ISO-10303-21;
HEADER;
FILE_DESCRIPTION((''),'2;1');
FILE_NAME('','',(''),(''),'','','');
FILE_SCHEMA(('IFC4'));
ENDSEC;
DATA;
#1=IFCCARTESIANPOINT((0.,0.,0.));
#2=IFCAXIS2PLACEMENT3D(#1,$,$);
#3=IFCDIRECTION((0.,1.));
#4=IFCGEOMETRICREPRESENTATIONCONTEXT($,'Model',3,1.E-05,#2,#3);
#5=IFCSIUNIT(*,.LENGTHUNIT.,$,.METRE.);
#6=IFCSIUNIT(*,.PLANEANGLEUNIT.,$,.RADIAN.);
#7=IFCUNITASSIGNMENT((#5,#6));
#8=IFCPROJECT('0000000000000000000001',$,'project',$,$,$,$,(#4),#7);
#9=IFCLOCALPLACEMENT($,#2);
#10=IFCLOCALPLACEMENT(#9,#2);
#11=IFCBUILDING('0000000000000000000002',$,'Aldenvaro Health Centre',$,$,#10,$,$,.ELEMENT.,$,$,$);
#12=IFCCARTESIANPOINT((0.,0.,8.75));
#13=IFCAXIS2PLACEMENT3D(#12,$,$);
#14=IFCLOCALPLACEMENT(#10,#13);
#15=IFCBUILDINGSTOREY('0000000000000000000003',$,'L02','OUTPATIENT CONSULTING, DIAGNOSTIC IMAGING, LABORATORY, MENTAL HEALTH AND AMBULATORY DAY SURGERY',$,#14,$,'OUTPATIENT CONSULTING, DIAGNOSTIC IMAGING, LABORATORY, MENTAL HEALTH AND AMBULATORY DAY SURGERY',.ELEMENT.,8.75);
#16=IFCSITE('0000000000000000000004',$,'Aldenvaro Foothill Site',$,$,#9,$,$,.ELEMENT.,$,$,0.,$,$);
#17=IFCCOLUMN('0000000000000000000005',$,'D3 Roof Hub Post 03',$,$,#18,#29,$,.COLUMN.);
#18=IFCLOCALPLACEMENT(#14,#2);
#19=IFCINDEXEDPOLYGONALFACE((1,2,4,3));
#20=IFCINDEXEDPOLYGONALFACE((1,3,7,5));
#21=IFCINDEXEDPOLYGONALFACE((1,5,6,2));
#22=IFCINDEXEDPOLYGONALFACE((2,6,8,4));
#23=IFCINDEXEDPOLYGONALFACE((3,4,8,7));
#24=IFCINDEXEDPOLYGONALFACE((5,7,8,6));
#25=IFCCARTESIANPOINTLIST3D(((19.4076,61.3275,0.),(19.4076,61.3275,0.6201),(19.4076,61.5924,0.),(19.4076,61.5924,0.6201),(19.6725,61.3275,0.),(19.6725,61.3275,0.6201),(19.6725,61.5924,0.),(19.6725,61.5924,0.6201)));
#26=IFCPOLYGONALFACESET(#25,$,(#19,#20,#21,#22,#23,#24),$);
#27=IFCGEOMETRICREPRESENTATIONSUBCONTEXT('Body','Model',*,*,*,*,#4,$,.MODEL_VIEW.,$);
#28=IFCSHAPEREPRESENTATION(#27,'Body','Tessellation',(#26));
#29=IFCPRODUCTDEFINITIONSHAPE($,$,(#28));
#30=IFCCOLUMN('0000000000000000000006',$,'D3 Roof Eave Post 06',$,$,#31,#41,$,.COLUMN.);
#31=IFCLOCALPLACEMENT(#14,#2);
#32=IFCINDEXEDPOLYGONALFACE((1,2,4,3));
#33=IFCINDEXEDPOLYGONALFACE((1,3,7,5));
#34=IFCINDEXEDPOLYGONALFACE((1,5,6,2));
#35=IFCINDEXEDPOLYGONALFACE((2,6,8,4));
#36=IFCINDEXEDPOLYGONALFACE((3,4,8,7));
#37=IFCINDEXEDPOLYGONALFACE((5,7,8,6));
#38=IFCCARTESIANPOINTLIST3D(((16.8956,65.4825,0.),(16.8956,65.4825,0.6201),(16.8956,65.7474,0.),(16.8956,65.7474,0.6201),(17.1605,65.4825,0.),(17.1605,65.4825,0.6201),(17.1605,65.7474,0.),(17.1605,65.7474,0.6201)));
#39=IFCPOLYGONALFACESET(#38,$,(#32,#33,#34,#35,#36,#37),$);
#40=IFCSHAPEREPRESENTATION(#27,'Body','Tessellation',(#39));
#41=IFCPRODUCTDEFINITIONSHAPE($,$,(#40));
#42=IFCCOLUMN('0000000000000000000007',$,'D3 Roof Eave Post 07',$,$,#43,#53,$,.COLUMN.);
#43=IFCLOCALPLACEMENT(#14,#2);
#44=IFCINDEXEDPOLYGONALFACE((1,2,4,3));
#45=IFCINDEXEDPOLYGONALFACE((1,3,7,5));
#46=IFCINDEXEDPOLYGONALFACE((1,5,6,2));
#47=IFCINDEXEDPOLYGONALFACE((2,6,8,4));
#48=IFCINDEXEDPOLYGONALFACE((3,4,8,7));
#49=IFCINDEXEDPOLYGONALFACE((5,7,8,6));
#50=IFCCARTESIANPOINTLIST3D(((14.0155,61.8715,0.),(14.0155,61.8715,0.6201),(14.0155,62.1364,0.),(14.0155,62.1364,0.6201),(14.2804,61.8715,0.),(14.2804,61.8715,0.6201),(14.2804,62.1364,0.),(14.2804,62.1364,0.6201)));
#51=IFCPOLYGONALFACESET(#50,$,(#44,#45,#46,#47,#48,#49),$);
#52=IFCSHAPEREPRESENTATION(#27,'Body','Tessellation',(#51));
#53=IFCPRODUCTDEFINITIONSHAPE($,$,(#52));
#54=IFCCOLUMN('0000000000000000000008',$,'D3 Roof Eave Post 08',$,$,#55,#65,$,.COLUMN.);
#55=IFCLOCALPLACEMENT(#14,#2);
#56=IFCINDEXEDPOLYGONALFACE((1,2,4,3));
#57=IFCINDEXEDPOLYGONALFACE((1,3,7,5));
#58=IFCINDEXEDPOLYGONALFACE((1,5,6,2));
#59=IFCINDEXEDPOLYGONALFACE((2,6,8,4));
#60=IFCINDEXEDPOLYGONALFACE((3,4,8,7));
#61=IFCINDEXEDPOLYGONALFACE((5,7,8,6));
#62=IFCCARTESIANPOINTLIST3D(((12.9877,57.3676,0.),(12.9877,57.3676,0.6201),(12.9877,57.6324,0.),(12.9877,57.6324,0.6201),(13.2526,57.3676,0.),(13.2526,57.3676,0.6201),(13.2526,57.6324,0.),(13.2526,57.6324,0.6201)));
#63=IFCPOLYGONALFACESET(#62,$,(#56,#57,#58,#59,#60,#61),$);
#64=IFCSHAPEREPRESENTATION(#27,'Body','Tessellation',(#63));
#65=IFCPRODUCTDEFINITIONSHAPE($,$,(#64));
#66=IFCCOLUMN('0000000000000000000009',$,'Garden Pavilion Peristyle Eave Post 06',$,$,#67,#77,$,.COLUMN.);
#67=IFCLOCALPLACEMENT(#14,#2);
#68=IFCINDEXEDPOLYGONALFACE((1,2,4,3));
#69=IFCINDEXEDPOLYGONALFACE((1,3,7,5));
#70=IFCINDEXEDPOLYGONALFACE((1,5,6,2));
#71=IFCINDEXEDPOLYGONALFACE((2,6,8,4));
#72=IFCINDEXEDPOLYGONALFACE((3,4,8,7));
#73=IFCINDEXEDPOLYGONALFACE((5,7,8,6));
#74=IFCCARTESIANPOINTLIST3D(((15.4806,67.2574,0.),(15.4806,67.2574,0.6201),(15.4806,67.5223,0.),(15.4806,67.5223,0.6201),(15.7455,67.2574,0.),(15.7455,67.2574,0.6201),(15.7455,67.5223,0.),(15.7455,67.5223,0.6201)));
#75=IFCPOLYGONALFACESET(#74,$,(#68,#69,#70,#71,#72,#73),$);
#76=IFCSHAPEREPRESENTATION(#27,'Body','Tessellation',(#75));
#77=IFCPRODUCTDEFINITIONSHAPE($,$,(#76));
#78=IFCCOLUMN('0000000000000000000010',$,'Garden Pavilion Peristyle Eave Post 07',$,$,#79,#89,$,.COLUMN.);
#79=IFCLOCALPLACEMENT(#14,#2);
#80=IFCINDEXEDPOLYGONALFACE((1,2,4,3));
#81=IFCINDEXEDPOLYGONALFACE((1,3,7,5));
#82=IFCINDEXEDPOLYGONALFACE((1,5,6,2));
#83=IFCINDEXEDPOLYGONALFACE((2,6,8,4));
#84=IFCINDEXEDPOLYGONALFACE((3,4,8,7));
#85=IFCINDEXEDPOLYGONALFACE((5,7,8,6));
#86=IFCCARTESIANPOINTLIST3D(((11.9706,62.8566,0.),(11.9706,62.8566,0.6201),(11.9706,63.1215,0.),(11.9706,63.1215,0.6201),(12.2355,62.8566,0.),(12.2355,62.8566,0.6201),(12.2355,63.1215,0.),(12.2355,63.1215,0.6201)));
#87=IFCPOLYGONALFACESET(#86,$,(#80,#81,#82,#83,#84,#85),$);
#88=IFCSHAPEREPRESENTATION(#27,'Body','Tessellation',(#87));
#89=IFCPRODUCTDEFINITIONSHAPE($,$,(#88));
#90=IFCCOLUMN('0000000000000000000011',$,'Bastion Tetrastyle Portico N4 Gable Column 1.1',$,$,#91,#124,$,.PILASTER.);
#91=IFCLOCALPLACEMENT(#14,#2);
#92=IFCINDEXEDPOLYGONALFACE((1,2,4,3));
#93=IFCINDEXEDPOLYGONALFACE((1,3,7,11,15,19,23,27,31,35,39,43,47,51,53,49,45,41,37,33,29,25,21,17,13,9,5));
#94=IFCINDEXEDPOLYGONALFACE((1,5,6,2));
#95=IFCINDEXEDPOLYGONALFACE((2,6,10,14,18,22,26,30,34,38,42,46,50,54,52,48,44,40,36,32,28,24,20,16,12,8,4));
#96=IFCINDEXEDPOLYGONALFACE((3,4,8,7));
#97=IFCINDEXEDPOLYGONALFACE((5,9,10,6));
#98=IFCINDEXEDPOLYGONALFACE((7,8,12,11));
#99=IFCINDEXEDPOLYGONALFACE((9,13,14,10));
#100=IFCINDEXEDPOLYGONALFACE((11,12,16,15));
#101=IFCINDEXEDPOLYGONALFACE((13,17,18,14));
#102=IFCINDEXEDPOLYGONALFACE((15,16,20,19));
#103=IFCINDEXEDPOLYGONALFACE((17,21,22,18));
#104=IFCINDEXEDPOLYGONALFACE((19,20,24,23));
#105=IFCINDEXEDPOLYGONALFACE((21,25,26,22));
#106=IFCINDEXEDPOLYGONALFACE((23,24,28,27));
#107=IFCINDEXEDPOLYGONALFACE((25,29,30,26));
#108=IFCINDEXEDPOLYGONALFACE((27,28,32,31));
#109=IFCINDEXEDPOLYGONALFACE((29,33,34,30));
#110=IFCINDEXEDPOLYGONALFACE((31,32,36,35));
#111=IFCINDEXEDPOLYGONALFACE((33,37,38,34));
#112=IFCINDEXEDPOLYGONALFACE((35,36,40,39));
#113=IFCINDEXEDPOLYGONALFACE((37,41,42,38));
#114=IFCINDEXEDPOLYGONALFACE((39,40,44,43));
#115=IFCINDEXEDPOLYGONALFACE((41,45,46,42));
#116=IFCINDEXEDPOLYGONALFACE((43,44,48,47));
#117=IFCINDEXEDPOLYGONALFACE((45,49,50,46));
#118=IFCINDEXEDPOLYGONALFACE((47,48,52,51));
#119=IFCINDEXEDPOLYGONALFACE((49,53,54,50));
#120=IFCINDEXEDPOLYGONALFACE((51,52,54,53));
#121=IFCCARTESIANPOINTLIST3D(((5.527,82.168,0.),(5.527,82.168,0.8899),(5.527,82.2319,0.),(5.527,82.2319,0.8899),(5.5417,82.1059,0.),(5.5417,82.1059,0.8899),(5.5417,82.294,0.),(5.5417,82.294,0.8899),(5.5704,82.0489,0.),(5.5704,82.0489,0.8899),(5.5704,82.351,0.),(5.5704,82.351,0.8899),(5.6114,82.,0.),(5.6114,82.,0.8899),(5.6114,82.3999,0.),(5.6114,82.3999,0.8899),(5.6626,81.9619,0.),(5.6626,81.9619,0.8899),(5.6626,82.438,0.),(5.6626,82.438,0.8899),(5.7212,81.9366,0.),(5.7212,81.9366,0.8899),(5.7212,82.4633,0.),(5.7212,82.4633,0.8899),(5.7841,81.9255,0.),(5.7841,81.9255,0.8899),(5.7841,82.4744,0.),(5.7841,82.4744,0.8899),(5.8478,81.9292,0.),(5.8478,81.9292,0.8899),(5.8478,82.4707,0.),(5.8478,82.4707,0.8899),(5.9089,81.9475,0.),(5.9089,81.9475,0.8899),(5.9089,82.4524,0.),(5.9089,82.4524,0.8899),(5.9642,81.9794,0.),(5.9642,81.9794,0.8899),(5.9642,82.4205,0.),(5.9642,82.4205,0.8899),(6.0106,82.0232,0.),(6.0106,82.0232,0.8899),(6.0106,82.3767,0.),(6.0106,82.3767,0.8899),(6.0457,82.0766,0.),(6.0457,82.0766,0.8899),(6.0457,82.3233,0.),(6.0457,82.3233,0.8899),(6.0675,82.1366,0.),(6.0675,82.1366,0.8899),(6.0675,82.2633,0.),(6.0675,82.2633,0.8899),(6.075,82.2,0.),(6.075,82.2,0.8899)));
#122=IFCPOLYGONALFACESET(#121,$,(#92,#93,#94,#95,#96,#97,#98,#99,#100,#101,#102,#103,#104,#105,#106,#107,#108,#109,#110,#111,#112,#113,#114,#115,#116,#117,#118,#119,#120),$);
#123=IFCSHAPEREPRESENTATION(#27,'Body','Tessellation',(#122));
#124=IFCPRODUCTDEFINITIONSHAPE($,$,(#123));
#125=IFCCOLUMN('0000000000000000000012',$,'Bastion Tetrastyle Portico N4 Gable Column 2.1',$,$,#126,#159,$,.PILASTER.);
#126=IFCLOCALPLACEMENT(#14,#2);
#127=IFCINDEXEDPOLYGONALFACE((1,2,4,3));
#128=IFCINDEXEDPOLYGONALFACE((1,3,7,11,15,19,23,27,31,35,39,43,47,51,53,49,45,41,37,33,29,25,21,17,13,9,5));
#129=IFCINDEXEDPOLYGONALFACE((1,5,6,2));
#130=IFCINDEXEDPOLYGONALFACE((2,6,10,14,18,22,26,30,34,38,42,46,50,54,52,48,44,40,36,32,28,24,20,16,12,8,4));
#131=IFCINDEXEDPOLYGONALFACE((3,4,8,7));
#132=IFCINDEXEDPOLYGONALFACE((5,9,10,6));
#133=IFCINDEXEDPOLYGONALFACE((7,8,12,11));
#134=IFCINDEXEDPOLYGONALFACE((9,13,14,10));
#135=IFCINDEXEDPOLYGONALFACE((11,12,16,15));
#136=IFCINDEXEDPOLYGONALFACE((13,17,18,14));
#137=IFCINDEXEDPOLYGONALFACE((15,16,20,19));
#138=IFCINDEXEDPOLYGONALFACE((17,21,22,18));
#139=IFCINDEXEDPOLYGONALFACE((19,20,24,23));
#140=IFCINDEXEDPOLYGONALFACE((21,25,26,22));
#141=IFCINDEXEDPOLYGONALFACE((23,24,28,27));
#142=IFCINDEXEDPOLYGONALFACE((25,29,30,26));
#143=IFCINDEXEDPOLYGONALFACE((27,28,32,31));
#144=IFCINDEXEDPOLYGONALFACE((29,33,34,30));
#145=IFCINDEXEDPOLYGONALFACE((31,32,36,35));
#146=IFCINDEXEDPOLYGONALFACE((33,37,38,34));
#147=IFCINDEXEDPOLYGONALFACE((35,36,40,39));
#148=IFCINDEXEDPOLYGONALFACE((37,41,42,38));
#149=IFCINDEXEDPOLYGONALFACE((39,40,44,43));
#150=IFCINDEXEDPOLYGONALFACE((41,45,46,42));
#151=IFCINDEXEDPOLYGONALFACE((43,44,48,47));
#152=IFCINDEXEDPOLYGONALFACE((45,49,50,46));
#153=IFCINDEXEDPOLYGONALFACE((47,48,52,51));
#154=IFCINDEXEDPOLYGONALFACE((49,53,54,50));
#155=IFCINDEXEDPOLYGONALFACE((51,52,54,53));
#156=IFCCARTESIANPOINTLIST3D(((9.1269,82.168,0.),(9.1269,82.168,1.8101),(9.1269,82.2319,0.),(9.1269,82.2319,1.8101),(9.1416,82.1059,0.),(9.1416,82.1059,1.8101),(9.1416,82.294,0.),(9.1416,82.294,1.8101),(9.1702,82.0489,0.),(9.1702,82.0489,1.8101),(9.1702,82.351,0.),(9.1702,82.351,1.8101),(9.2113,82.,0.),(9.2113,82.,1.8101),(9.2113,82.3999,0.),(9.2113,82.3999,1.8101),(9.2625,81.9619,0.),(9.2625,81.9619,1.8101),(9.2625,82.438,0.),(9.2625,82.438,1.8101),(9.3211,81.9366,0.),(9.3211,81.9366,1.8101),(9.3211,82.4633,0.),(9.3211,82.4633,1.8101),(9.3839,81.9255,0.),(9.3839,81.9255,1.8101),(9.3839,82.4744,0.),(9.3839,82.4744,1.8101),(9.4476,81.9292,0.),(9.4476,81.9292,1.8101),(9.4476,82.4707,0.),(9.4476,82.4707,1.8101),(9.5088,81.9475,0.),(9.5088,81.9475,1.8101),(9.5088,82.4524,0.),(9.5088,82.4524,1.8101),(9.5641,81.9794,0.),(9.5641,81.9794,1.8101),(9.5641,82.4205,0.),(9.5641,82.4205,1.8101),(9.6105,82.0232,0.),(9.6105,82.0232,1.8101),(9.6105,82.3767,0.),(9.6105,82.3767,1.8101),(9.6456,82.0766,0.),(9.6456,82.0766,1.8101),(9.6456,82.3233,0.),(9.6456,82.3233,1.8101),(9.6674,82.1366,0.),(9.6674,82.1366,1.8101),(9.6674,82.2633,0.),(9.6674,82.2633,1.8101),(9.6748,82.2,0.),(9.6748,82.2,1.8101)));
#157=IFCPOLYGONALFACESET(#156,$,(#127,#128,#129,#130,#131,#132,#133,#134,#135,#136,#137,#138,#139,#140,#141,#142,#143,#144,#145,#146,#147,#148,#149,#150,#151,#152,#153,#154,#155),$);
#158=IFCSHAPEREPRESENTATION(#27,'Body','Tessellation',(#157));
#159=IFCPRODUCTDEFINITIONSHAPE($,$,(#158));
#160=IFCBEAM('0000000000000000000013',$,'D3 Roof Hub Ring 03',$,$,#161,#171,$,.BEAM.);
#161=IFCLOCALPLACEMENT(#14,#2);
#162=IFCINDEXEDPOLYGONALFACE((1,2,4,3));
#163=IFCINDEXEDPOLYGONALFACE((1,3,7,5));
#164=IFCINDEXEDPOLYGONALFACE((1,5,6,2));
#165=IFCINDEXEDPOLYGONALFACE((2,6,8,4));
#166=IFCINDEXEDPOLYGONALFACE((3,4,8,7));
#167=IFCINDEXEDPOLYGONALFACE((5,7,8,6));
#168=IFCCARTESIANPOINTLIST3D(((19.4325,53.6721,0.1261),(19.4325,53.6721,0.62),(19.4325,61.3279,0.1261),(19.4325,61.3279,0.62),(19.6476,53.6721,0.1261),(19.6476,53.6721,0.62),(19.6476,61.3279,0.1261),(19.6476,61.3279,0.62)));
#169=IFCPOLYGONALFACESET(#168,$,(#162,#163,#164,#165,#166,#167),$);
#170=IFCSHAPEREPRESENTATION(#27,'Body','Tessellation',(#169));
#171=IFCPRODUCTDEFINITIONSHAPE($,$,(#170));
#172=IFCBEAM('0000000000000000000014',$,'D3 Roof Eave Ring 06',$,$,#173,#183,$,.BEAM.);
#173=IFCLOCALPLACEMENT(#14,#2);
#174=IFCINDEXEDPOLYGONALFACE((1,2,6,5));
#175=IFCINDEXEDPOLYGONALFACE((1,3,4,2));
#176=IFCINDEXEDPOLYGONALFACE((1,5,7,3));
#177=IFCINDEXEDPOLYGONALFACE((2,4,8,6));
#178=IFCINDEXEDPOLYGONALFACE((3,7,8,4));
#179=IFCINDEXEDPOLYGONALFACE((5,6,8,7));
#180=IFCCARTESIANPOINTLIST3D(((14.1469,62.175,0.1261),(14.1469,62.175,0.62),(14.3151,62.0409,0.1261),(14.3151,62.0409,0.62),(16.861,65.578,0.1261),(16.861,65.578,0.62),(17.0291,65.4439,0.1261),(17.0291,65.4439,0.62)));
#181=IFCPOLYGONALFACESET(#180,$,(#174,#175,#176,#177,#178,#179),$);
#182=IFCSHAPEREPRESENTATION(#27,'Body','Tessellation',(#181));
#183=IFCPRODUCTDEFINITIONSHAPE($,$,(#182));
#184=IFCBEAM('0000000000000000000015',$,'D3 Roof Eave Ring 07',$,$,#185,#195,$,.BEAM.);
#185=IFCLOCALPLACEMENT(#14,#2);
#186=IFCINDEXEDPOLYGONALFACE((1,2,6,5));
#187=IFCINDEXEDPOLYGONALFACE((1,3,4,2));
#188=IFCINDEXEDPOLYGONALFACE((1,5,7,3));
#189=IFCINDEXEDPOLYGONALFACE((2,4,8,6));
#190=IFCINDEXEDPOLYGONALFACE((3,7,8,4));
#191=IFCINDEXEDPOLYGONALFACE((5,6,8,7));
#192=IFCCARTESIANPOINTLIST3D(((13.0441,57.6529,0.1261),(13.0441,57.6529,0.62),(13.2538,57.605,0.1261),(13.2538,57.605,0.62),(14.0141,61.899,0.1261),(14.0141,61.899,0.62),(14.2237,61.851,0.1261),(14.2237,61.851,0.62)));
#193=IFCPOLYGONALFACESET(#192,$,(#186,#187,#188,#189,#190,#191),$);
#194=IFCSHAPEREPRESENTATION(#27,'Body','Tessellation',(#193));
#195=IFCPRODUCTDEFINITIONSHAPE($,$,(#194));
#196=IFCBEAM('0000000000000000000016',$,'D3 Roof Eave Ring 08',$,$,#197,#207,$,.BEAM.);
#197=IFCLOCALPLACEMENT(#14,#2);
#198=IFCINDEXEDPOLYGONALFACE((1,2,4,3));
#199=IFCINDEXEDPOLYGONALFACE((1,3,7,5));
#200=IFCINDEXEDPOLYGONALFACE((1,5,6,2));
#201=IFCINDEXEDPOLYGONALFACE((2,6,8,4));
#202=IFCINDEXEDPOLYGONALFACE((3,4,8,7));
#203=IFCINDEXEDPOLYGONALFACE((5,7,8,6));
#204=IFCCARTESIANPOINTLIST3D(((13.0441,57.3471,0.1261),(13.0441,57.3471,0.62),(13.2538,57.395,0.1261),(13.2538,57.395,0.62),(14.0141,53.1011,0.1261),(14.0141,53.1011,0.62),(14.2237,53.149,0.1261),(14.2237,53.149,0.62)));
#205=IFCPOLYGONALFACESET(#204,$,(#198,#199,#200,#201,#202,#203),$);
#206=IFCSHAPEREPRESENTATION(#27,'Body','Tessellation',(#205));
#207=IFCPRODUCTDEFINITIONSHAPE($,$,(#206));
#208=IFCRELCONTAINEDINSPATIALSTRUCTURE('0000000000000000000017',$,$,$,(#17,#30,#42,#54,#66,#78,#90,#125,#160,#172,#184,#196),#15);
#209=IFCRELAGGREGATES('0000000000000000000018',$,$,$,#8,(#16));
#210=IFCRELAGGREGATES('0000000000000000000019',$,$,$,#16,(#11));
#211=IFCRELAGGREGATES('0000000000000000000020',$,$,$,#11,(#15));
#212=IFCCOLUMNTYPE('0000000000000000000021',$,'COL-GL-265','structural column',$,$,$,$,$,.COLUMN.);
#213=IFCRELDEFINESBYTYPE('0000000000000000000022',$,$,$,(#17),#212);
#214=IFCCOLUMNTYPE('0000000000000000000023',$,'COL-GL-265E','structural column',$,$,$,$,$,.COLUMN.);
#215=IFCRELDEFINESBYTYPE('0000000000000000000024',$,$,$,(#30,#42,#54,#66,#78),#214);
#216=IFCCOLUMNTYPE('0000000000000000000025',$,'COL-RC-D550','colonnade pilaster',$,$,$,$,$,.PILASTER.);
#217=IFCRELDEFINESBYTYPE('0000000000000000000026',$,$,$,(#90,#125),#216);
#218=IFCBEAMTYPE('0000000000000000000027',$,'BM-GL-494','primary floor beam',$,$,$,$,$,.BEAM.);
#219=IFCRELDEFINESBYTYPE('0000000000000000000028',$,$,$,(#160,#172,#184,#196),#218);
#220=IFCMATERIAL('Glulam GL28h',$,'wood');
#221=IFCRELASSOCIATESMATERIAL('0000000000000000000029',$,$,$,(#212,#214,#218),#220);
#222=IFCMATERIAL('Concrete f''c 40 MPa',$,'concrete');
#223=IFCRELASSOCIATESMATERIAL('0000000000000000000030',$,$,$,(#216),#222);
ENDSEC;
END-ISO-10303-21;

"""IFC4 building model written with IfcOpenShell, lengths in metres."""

from ifc_helpers import new_model, si_unit, direction, frame, origin, origin_2d, place, context, subcontext, project, spatial, rectangle, circle, extrude, material, material_profile, profile_set, type_object, element, save


model = new_model("IFC4")

# Units and contexts
model_context = context("Model", 3, precision=1e-05, world=origin(), true_north=direction((0.0, 1.0)))
body_context = subcontext(model_context, "Body", "Model", "MODEL_VIEW")
ifc_project = project(units=[si_unit("LENGTHUNIT", "METRE"), si_unit("PLANEANGLEUNIT", "RADIAN")], contexts=[model_context])

# Site, building, storey
site_placement = place(None, origin())
site = spatial("IfcSite", under=ifc_project, at=site_placement, Name="Aldenvaro Foothill Site", CompositionType="ELEMENT", RefElevation=0.0)
building_placement = place(site_placement, origin())
building = spatial("IfcBuilding", under=site, at=building_placement, Name="Aldenvaro Health Centre", CompositionType="ELEMENT")
storey_placement = place(building_placement, frame((0.0, 0.0, 8.75)))
storey = spatial("IfcBuildingStorey", under=building, at=storey_placement, Name="L02", Description="OUTPATIENT CONSULTING, DIAGNOSTIC IMAGING, LABORATORY, MENTAL HEALTH AND AMBULATORY DAY SURGERY", LongName="OUTPATIENT CONSULTING, DIAGNOSTIC IMAGING, LABORATORY, MENTAL HEALTH AND AMBULATORY DAY SURGERY", CompositionType="ELEMENT", Elevation=8.75)

# Columns
ifc_material_1 = material(Name="Glulam GL28h", Category="wood")
ifc_material_profile_1 = material_profile(ifc_material_1, rectangle(XDim=0.2649, YDim=0.2649, at=origin_2d()), Name="GL 265x265", Category="wood")
ifc_profile_set_1 = profile_set([ifc_material_profile_1], Name="Glulam GL28h")
column_type_1 = type_object("IfcColumnType", Name="COL-GL-265", Description="structural column", PredefinedType="COLUMN", material=ifc_profile_set_1)
column_1_placement = place(storey_placement, frame((19.54, 61.46, 0.0), z_axis=(0.0, 0.0, 1.0), x_axis=(1.0, 0.0, 0.0)))
element("IfcColumn", 1, at=column_1_placement, inside=storey, type_object=column_type_1, Name="D3 Roof Hub Post 03", PredefinedType="COLUMN", context=body_context, shape_type="SweptSolid", body=[
    extrude(rectangle(XDim=0.2649, YDim=0.2649, at=origin_2d()), origin(), (0.0, 0.0, 1.0), 0.6201),
])
ifc_material_profile_2 = material_profile(ifc_material_1, rectangle(XDim=0.2649, YDim=0.2649, at=origin_2d()), Name="GL 265x265", Category="wood")
ifc_profile_set_2 = profile_set([ifc_material_profile_2], Name="Glulam GL28h")
column_type_2 = type_object("IfcColumnType", Name="COL-GL-265E", Description="structural column", PredefinedType="COLUMN", material=ifc_profile_set_2)
for number, where, z_axis, x_axis, name in (
    (2, (17.0281, 65.615, 0.0), (0.0, 0.0, 1.0), (1.0, 0.0, 0.0), "D3 Roof Eave Post 06"),
    (3, (14.1479, 62.0039, 0.0), (0.0, 0.0, 1.0), (1.0, 0.0, 0.0), "D3 Roof Eave Post 07"),
    (4, (13.1201, 57.5, 0.0), (0.0, 0.0, 1.0), (1.0, 0.0, 0.0), "D3 Roof Eave Post 08"),
    (5, (15.613, 67.3899, 0.0), (0.0, 0.0, 1.0), (1.0, 0.0, 0.0), "Garden Pavilion Peristyle Eave Post 06"),
    (6, (12.103, 62.989, 0.0), (0.0, 0.0, 1.0), (1.0, 0.0, 0.0), "Garden Pavilion Peristyle Eave Post 07"),
):
    element("IfcColumn", number, at=place(storey_placement, frame(where, z_axis=z_axis, x_axis=x_axis)), inside=storey, type_object=column_type_2, Name=name, PredefinedType="COLUMN", context=body_context, shape_type="SweptSolid", body=[
        extrude(rectangle(XDim=0.2649, YDim=0.2649, at=origin_2d()), origin(), (0.0, 0.0, 1.0), 0.6201),
    ])
ifc_material_2 = material(Name="Concrete f'c 40 MPa", Category="concrete")
ifc_material_profile_3 = material_profile(ifc_material_2, circle(Radius=0.2749, at=origin_2d()), Name="RC D550", Category="concrete")
ifc_profile_set_3 = profile_set([ifc_material_profile_3], Name="Concrete f'c 40 MPa")
column_type_3 = type_object("IfcColumnType", Name="COL-RC-D550", Description="colonnade pilaster", PredefinedType="PILASTER", material=ifc_profile_set_3)
column_2_placement = place(storey_placement, frame((5.8, 82.2, 0.0), z_axis=(0.0, 0.0, 1.0), x_axis=(1.0, 0.0, 0.0)))
element("IfcColumn", 7, at=column_2_placement, inside=storey, type_object=column_type_3, Name="Bastion Tetrastyle Portico N4 Gable Column 1.1", PredefinedType="PILASTER", context=body_context, shape_type="SweptSolid", body=[
    extrude(circle(Radius=0.2749, at=origin_2d()), origin(), (0.0, 0.0, 1.0), 0.8899),
])
column_3_placement = place(storey_placement, frame((9.3999, 82.2, 0.0), z_axis=(0.0, 0.0, 1.0), x_axis=(1.0, 0.0, 0.0)))
element("IfcColumn", 8, at=column_3_placement, inside=storey, type_object=column_type_3, Name="Bastion Tetrastyle Portico N4 Gable Column 2.1", PredefinedType="PILASTER", context=body_context, shape_type="SweptSolid", body=[
    extrude(circle(Radius=0.2749, at=origin_2d()), origin(), (0.0, 0.0, 1.0), 1.8101),
])

# Beams
ifc_material_profile_4 = material_profile(ifc_material_1, rectangle(XDim=0.2151, YDim=0.4939, at=origin_2d()), Name="GL 215x494", Category="wood")
ifc_profile_set_4 = profile_set([ifc_material_profile_4], Name="Glulam GL28h")
beam_type_1 = type_object("IfcBeamType", Name="BM-GL-494", Description="primary floor beam", PredefinedType="BEAM", material=ifc_profile_set_4)
beam_1_placement = place(storey_placement, frame((19.54, 61.3279, 0.373), z_axis=(0.0, -1.0, 0.0), x_axis=(1.0, 0.0, 0.0)))
element("IfcBeam", 9, at=beam_1_placement, inside=storey, type_object=beam_type_1, Name="D3 Roof Hub Ring 03", PredefinedType="BEAM", context=body_context, shape_type="SweptSolid", body=[
    extrude(rectangle(XDim=0.2151, YDim=0.4939, at=origin_2d()), origin(), (0.0, 0.0, 1.0), 7.6558),
])
beam_2_placement = place(storey_placement, frame((16.9451, 65.511, 0.373), z_axis=(-0.623525, -0.781804, 0.0), x_axis=(0.781804, -0.623525, 0.0)))
element("IfcBeam", 10, at=beam_2_placement, inside=storey, type_object=beam_type_1, Name="D3 Roof Eave Ring 06", PredefinedType="BEAM", context=body_context, shape_type="SweptSolid", body=[
    extrude(rectangle(XDim=0.2151, YDim=0.4939, at=origin_2d()), origin(), (0.0, 0.0, 1.0), 4.3528),
])
for number, where, z_axis, x_axis, name in (
    (11, (14.1189, 61.875, 0.373), (-0.222702, -0.974887, 0.0), (0.974887, -0.222702, 0.0), "D3 Roof Eave Ring 07"),
    (12, (13.1489, 57.3711, 0.373), (0.222702, -0.974887, 0.0), (0.974887, 0.222702, 0.0), "D3 Roof Eave Ring 08"),
):
    element("IfcBeam", number, at=place(storey_placement, frame(where, z_axis=z_axis, x_axis=x_axis)), inside=storey, type_object=beam_type_1, Name=name, PredefinedType="BEAM", context=body_context, shape_type="SweptSolid", body=[
        extrude(rectangle(XDim=0.2151, YDim=0.4939, at=origin_2d()), origin(), (0.0, 0.0, 1.0), 4.3555),
    ])

save(model, "model.ifc")
